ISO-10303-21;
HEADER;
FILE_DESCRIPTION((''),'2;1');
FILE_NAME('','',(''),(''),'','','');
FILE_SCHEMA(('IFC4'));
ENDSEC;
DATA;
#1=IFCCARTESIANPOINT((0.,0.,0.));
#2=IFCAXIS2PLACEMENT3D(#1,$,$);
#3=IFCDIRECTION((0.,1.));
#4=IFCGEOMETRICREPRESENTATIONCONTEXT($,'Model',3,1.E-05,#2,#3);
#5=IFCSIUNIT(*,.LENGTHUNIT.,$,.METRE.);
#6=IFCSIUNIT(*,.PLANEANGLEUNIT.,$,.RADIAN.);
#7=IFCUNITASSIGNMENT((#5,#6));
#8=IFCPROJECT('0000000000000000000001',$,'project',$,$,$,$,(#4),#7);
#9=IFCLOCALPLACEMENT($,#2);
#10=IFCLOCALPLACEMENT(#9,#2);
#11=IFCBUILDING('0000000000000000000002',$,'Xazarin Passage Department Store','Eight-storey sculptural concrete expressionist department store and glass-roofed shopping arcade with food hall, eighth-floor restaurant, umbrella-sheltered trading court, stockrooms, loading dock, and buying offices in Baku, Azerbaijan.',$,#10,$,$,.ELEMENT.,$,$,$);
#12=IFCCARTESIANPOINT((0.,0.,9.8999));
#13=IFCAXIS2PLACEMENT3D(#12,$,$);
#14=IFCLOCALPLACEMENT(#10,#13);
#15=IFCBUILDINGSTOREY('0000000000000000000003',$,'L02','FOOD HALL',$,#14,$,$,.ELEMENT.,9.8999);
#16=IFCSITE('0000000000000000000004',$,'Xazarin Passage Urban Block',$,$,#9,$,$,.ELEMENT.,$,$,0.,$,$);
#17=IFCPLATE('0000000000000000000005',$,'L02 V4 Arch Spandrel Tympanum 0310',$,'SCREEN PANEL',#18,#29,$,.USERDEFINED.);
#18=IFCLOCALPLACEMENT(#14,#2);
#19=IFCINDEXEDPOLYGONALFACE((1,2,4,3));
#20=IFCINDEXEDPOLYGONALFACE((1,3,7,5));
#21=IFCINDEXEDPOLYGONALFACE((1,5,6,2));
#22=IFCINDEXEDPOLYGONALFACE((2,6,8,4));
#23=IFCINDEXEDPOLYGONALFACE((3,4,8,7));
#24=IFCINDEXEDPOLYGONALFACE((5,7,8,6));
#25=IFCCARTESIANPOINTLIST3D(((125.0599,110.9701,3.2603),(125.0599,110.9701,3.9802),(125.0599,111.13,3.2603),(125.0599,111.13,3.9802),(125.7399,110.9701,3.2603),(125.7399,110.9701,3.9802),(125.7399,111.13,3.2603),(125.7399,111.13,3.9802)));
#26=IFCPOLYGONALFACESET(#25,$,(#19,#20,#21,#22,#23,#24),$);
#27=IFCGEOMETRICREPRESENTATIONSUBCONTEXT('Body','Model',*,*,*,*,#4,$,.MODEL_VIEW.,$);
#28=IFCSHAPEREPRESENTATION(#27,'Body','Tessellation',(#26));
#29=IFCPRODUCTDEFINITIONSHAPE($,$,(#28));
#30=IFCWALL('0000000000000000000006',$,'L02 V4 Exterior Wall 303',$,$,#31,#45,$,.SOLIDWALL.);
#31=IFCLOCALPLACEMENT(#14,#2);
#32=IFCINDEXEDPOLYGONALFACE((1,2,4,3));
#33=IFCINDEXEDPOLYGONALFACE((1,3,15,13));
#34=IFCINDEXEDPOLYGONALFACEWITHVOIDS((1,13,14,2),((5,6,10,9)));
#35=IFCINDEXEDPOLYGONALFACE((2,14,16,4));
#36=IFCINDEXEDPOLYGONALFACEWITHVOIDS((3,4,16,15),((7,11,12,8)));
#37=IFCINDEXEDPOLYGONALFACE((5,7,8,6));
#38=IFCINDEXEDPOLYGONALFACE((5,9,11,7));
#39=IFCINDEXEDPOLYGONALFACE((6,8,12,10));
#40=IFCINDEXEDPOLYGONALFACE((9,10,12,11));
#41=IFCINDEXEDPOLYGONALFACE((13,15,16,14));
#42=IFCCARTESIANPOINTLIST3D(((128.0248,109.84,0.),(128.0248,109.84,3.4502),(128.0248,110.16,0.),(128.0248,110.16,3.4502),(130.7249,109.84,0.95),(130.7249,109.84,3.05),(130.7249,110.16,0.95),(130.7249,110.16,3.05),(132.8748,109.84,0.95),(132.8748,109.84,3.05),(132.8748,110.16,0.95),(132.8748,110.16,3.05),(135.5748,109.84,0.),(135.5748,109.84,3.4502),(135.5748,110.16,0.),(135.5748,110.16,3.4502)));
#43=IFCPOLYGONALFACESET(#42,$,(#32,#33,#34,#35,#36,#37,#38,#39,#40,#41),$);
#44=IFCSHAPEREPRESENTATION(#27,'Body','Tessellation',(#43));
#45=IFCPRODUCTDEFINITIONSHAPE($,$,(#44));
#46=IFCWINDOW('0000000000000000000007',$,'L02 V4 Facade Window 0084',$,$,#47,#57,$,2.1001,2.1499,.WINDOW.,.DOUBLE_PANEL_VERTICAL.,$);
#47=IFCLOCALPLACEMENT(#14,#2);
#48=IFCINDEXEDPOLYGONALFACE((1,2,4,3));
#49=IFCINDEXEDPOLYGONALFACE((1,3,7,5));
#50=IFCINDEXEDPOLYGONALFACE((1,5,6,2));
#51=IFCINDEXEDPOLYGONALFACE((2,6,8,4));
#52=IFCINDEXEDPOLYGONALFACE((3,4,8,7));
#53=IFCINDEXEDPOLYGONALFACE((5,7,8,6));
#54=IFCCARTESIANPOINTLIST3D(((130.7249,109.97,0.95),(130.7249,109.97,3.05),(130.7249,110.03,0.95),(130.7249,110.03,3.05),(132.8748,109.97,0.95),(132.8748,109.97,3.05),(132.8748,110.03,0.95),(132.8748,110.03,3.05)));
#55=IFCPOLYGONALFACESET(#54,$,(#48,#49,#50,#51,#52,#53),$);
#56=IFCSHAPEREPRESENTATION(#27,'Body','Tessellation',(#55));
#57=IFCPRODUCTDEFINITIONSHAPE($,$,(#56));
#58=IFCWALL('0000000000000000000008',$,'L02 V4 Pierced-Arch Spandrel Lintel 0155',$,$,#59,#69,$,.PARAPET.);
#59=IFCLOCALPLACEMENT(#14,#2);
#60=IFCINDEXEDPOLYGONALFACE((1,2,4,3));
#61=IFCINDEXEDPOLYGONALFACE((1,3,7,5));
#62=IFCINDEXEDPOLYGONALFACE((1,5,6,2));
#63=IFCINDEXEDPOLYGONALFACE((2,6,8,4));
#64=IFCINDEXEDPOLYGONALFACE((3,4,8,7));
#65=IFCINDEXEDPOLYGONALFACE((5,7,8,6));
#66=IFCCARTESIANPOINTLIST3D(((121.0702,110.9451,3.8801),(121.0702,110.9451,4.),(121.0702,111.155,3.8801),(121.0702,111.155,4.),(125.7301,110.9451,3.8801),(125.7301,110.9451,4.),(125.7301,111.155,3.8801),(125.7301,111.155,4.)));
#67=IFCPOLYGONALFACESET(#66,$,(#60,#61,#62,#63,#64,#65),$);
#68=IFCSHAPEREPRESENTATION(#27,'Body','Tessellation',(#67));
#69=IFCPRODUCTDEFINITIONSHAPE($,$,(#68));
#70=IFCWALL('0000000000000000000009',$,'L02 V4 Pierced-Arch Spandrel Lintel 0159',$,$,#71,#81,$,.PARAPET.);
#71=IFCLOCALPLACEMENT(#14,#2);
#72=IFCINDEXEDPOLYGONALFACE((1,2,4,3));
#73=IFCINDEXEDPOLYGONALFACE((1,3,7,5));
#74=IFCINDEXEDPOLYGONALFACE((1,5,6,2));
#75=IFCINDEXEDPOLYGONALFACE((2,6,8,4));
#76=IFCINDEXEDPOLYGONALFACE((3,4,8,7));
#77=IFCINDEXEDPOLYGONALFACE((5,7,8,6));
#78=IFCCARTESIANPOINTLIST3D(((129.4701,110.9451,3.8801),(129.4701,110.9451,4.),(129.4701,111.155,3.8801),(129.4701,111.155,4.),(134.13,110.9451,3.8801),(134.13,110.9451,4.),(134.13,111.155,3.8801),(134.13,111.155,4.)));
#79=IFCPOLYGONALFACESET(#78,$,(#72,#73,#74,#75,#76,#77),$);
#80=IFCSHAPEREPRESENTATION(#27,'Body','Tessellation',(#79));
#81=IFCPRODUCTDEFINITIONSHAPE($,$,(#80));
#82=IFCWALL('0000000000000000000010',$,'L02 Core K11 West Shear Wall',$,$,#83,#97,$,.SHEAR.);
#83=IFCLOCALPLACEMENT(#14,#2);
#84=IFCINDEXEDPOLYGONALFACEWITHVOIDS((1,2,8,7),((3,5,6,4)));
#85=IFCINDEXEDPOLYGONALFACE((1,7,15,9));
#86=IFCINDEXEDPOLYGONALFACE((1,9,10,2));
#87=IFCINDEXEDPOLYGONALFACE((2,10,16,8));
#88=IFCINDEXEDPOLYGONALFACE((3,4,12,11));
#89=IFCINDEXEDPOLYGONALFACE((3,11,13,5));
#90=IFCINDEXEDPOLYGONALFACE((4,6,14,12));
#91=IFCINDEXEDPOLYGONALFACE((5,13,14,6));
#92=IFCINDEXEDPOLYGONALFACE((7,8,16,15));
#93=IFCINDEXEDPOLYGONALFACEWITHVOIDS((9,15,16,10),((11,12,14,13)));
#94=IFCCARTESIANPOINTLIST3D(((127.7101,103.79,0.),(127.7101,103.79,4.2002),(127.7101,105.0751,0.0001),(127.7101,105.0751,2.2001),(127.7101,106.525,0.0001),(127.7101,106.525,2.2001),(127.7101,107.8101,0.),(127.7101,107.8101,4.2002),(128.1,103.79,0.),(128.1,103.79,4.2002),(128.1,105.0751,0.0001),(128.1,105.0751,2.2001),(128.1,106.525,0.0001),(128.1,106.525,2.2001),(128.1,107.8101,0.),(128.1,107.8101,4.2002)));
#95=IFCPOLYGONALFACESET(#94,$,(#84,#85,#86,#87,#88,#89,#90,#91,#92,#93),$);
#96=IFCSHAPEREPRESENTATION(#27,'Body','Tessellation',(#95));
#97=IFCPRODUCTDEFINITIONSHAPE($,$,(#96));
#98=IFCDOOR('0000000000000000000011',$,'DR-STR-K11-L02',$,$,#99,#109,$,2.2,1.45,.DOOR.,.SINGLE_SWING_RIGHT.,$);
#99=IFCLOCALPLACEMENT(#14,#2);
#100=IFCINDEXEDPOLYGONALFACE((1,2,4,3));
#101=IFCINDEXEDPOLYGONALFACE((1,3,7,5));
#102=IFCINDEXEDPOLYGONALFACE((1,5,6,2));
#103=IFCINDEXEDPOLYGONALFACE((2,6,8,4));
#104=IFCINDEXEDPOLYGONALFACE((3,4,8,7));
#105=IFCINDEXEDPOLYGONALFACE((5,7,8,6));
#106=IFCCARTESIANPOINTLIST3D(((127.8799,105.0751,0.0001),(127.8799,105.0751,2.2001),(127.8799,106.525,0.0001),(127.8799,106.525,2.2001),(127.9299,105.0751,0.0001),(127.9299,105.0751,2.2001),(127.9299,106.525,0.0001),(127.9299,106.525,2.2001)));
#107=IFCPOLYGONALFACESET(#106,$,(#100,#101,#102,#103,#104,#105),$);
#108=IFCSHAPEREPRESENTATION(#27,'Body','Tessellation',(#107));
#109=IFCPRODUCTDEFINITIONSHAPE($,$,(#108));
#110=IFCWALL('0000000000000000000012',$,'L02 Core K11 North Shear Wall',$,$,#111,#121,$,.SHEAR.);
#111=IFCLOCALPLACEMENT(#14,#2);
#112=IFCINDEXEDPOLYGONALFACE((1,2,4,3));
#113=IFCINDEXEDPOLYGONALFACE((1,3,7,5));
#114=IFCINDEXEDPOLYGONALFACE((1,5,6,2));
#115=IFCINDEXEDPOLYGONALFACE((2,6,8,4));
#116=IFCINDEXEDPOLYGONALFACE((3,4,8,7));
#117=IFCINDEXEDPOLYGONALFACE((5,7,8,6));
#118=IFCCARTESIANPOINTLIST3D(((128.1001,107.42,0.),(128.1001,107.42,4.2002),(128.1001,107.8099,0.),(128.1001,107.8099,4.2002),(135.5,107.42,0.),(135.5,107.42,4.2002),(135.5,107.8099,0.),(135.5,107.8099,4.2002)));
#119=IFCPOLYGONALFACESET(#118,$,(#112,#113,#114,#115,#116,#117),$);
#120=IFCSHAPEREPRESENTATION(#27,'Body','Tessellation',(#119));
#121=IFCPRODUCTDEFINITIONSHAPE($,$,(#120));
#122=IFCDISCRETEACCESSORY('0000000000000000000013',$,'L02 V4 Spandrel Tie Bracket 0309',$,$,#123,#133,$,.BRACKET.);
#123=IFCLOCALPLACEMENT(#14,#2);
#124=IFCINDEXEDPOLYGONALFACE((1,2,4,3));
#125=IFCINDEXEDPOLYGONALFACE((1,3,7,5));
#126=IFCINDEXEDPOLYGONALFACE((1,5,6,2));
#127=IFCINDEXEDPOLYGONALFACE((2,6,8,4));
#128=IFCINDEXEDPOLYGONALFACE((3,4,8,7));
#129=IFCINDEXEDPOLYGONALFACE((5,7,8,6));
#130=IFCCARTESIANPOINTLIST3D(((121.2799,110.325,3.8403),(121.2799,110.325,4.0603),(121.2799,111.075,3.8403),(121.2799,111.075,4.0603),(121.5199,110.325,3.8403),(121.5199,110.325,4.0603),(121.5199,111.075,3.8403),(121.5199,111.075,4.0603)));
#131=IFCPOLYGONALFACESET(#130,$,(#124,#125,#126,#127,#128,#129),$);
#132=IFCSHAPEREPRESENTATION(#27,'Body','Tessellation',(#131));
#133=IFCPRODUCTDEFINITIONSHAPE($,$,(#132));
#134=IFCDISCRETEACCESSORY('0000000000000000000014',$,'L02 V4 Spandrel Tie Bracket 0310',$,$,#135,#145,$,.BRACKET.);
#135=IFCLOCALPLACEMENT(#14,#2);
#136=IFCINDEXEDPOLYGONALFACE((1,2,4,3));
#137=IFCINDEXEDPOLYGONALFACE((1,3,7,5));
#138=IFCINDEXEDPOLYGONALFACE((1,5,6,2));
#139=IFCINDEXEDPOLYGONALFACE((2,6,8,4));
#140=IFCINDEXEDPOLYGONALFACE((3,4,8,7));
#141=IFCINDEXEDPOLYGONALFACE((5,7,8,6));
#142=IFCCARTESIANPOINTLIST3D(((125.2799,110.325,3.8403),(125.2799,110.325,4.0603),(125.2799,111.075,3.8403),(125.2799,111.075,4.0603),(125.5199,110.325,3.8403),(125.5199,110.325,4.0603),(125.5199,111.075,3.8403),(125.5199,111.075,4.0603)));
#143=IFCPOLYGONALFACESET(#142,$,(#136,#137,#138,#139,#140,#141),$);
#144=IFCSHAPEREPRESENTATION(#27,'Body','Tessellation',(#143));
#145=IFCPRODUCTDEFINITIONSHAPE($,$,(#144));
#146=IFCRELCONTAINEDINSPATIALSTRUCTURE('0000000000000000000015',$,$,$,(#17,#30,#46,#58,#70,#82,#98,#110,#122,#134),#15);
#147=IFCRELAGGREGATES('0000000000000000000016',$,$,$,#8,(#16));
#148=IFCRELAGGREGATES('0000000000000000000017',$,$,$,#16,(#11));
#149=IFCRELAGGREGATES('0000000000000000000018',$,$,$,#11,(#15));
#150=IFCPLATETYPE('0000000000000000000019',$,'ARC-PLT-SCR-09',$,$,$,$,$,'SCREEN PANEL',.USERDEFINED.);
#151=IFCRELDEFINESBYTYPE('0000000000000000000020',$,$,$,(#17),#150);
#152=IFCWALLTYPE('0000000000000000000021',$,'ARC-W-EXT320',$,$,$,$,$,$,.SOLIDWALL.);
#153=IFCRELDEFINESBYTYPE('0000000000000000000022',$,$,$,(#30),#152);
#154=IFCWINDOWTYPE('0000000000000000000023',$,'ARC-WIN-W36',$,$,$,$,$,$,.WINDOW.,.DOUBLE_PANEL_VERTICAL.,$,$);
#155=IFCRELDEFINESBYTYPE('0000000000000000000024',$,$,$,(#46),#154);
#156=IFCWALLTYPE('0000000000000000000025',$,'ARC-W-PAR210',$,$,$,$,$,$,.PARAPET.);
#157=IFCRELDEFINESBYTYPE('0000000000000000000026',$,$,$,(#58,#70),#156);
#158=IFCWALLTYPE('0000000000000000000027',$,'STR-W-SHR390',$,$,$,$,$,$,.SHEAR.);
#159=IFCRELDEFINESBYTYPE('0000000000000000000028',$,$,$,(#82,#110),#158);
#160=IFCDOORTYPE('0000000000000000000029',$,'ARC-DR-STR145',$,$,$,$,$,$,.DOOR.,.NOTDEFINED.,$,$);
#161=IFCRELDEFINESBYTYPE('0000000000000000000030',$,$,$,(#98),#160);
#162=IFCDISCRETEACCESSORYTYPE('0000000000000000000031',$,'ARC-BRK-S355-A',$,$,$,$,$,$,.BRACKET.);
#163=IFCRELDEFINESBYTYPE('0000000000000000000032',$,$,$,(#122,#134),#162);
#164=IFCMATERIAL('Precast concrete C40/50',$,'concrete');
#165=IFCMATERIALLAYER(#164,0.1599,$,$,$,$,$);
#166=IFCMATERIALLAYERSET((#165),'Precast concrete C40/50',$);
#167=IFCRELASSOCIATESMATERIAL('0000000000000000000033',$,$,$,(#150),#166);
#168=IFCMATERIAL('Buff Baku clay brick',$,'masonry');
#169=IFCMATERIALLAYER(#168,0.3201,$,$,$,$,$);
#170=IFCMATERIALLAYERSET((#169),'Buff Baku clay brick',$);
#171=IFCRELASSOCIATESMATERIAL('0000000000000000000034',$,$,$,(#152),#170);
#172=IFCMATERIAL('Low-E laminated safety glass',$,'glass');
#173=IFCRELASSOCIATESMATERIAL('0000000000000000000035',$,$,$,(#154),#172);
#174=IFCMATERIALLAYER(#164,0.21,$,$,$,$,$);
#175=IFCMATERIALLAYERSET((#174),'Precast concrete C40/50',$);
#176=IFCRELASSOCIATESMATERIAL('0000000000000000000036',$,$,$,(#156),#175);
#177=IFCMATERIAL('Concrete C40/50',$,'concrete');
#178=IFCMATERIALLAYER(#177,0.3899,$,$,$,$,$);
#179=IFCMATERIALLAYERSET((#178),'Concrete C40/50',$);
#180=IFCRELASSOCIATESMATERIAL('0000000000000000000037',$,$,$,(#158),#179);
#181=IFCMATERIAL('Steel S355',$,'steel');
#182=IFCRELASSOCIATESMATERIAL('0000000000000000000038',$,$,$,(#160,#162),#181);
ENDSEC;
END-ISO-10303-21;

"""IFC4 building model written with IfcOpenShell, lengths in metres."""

from ifc_helpers import new_model, si_unit, direction, frame, frame_2d, origin, origin_2d, place, context, subcontext, project, spatial, rectangle, extrude, material, layer, layer_set, type_object, element, fill, save


model = new_model("IFC4")

# Units and contexts
model_context = context("Model", 3, precision=1e-05, world=origin(), true_north=direction((0.0, 1.0)))
body_context = subcontext(model_context, "Body", "Model", "MODEL_VIEW")
ifc_project = project(units=[si_unit("LENGTHUNIT", "METRE"), si_unit("PLANEANGLEUNIT", "RADIAN")], contexts=[model_context])

# Site, building, storey
site_placement = place(None, origin())
site = spatial("IfcSite", under=ifc_project, at=site_placement, Name="Xazarin Passage Urban Block", CompositionType="ELEMENT", RefElevation=0.0)
building_placement = place(site_placement, origin())
building = spatial("IfcBuilding", under=site, at=building_placement, Name="Xazarin Passage Department Store", Description="Eight-storey sculptural concrete expressionist department store and glass-roofed shopping arcade with food hall, eighth-floor restaurant, umbrella-sheltered trading court, stockrooms, loading dock, and buying offices in Baku, Azerbaijan.", CompositionType="ELEMENT")
storey_placement = place(building_placement, frame((0.0, 0.0, 9.8999)))
storey = spatial("IfcBuildingStorey", under=building, at=storey_placement, Name="L02", Description="FOOD HALL", CompositionType="ELEMENT", Elevation=9.8999)

# Shared definitions
ifc_material_1 = material(Name="Concrete C40/50", Category="concrete")

# Plate
ifc_material_2 = material(Name="Precast concrete C40/50", Category="concrete")
ifc_layer_1 = layer(ifc_material_2, 0.1599)
ifc_layer_set_1 = layer_set([ifc_layer_1], Name="Precast concrete C40/50")
plate_type = type_object("IfcPlateType", Name="ARC-PLT-SCR-09", ElementType="SCREEN PANEL", PredefinedType="USERDEFINED", material=ifc_layer_set_1)
for number, where, z_axis, x_axis, name in (
    (1, (125.3999, 111.05, 3.2603), (0.0, 0.0, 1.0), (1.0, 0.0, 0.0), "L02 V4 Arch Spandrel Tympanum 0310"),
):
    element("IfcPlate", number, at=place(storey_placement, frame(where, z_axis=z_axis, x_axis=x_axis)), inside=storey, type_object=plate_type, Name=name, ObjectType="SCREEN PANEL", PredefinedType="USERDEFINED", context=body_context, shape_type="SweptSolid", body=[
        extrude(rectangle(XDim=0.6799, YDim=0.1599, at=origin_2d()), origin(), (0.0, 0.0, 1.0), 0.72),
    ])

# Wall, opening, window
ifc_material_3 = material(Name="Buff Baku clay brick", Category="masonry")
ifc_layer_2 = layer(ifc_material_3, 0.3201)
ifc_layer_set_2 = layer_set([ifc_layer_2], Name="Buff Baku clay brick")
wall_type_1 = type_object("IfcWallType", Name="ARC-W-EXT320", PredefinedType="SOLIDWALL", material=ifc_layer_set_2)
wall_1_placement = place(storey_placement, frame((128.0249, 110.0, 0.0), z_axis=(0.0, 0.0, 1.0), x_axis=(1.0, 0.0, 0.0)))
wall_1 = element("IfcWall", 2, at=wall_1_placement, inside=storey, type_object=wall_type_1, Name="L02 V4 Exterior Wall 303", PredefinedType="SOLIDWALL", context=body_context, shape_type="SweptSolid", body=[
    extrude(rectangle(XDim=7.55, YDim=0.3201, at=frame_2d((3.7749, 0.0))), origin(), (0.0, 0.0, 1.0), 3.4502),
])
opening_1_placement = place(wall_1_placement, frame((2.7, 0.0, 0.95)))
opening_1 = element("IfcOpeningElement", 3, at=opening_1_placement, cuts=wall_1, PredefinedType="OPENING", context=body_context, shape_type="SweptSolid", body=[
    extrude(rectangle(XDim=2.1499, YDim=2.1001, at=frame_2d((1.075, 1.05))), frame((0.0, 0.1699, 0.0), z_axis=(0.0, -1.0, 0.0), x_axis=(1.0, 0.0, 0.0)), (0.0, 0.0, 1.0), 0.3401),
])
ifc_material_4 = material(Name="Low-E laminated safety glass", Category="glass")
window_type = type_object("IfcWindowType", Name="ARC-WIN-W36", PartitioningType="DOUBLE_PANEL_VERTICAL", PredefinedType="WINDOW", material=ifc_material_4)
window_placement = place(opening_1_placement, origin())
window = element("IfcWindow", 4, at=window_placement, inside=storey, type_object=window_type, Name="L02 V4 Facade Window 0084", OverallHeight=2.1001, OverallWidth=2.1499, PartitioningType="DOUBLE_PANEL_VERTICAL", PredefinedType="WINDOW", context=body_context, shape_type="SweptSolid", body=[
    extrude(rectangle(XDim=2.1499, YDim=2.1001, at=frame_2d((1.075, 1.05))), frame((0.0, 0.03, 0.0), z_axis=(0.0, -1.0, 0.0), x_axis=(1.0, 0.0, 0.0)), (0.0, 0.0, 1.0), 0.0601),
])
fill(opening_1, window)

# Walls
ifc_layer_3 = layer(ifc_material_2, 0.21)
ifc_layer_set_3 = layer_set([ifc_layer_3], Name="Precast concrete C40/50")
wall_type_2 = type_object("IfcWallType", Name="ARC-W-PAR210", PredefinedType="PARAPET", material=ifc_layer_set_3)
for number, where, z_axis, x_axis, name in (
    (5, (121.0701, 111.05, 3.8801), (0.0, 0.0, 1.0), (1.0, 0.0, 0.0), "L02 V4 Pierced-Arch Spandrel Lintel 0155"),
    (6, (129.47, 111.05, 3.8801), (0.0, 0.0, 1.0), (1.0, 0.0, 0.0), "L02 V4 Pierced-Arch Spandrel Lintel 0159"),
):
    element("IfcWall", number, at=place(storey_placement, frame(where, z_axis=z_axis, x_axis=x_axis)), inside=storey, type_object=wall_type_2, Name=name, PredefinedType="PARAPET", context=body_context, shape_type="SweptSolid", body=[
        extrude(rectangle(XDim=4.6599, YDim=0.21, at=frame_2d((2.3301, 0.0))), origin(), (0.0, 0.0, 1.0), 0.1199),
    ])

# Wall, opening, door
ifc_layer_4 = layer(ifc_material_1, 0.3899)
ifc_layer_set_4 = layer_set([ifc_layer_4], Name="Concrete C40/50")
wall_type_3 = type_object("IfcWallType", Name="STR-W-SHR390", PredefinedType="SHEAR", material=ifc_layer_set_4)
wall_2_placement = place(storey_placement, frame((127.905, 107.8101, 0.0), z_axis=(0.0, 0.0, 1.0), x_axis=(0.0, -1.0, 0.0)))
wall_2 = element("IfcWall", 7, at=wall_2_placement, inside=storey, type_object=wall_type_3, Name="L02 Core K11 West Shear Wall", PredefinedType="SHEAR", context=body_context, shape_type="SweptSolid", body=[
    extrude(rectangle(XDim=4.02, YDim=0.3899, at=frame_2d((2.01, 0.0))), origin(), (0.0, 0.0, 1.0), 4.2002),
])
opening_2_placement = place(wall_2_placement, frame((1.2849, 0.0, 0.0)))
opening_2 = element("IfcOpeningElement", 8, at=opening_2_placement, cuts=wall_2, PredefinedType="OPENING", context=body_context, shape_type="SweptSolid", body=[
    extrude(rectangle(XDim=1.45, YDim=2.2, at=frame_2d((0.7251, 1.1001))), frame((0.0, 0.2048, 0.0), z_axis=(0.0, -1.0, 0.0), x_axis=(1.0, 0.0, 0.0)), (0.0, 0.0, 1.0), 0.4099),
])
ifc_material_5 = material(Name="Steel S355", Category="steel")
door_type = type_object("IfcDoorType", Name="ARC-DR-STR145", OperationType="NOTDEFINED", PredefinedType="DOOR", material=ifc_material_5)
door_placement = place(opening_2_placement, origin())
door = element("IfcDoor", 9, at=door_placement, inside=storey, type_object=door_type, Name="DR-STR-K11-L02", OperationType="SINGLE_SWING_RIGHT", OverallHeight=2.2, OverallWidth=1.45, PredefinedType="DOOR", context=body_context, shape_type="SweptSolid", body=[
    extrude(rectangle(XDim=1.45, YDim=2.2, at=frame_2d((0.7251, 1.1001))), frame((0.0, 0.0249, 0.0), z_axis=(0.0, -1.0, 0.0), x_axis=(1.0, 0.0, 0.0)), (0.0, 0.0, 1.0), 0.05),
])
fill(opening_2, door)

# Wall
wall_3_placement = place(storey_placement, frame((128.1001, 107.615, 0.0), z_axis=(0.0, 0.0, 1.0), x_axis=(1.0, 0.0, 0.0)))
element("IfcWall", 10, at=wall_3_placement, inside=storey, type_object=wall_type_3, Name="L02 Core K11 North Shear Wall", PredefinedType="SHEAR", context=body_context, shape_type="SweptSolid", body=[
    extrude(rectangle(XDim=7.3999, YDim=0.3899, at=frame_2d((3.7, 0.0))), origin(), (0.0, 0.0, 1.0), 4.2002),
])

# Discrete accessories
discrete_accessory_type = type_object("IfcDiscreteAccessoryType", Name="ARC-BRK-S355-A", PredefinedType="BRACKET", material=ifc_material_5)
for number, where, z_axis, x_axis, name in (
    (11, (121.3999, 110.7, 3.8403), (0.0, 0.0, 1.0), (1.0, 0.0, 0.0), "L02 V4 Spandrel Tie Bracket 0309"),
    (12, (125.3999, 110.7, 3.8403), (0.0, 0.0, 1.0), (1.0, 0.0, 0.0), "L02 V4 Spandrel Tie Bracket 0310"),
):
    element("IfcDiscreteAccessory", number, at=place(storey_placement, frame(where, z_axis=z_axis, x_axis=x_axis)), inside=storey, type_object=discrete_accessory_type, Name=name, PredefinedType="BRACKET", context=body_context, shape_type="SweptSolid", body=[
        extrude(rectangle(XDim=0.24, YDim=0.75, at=origin_2d()), origin(), (0.0, 0.0, 1.0), 0.22),
    ])

save(model, "model.ifc")
